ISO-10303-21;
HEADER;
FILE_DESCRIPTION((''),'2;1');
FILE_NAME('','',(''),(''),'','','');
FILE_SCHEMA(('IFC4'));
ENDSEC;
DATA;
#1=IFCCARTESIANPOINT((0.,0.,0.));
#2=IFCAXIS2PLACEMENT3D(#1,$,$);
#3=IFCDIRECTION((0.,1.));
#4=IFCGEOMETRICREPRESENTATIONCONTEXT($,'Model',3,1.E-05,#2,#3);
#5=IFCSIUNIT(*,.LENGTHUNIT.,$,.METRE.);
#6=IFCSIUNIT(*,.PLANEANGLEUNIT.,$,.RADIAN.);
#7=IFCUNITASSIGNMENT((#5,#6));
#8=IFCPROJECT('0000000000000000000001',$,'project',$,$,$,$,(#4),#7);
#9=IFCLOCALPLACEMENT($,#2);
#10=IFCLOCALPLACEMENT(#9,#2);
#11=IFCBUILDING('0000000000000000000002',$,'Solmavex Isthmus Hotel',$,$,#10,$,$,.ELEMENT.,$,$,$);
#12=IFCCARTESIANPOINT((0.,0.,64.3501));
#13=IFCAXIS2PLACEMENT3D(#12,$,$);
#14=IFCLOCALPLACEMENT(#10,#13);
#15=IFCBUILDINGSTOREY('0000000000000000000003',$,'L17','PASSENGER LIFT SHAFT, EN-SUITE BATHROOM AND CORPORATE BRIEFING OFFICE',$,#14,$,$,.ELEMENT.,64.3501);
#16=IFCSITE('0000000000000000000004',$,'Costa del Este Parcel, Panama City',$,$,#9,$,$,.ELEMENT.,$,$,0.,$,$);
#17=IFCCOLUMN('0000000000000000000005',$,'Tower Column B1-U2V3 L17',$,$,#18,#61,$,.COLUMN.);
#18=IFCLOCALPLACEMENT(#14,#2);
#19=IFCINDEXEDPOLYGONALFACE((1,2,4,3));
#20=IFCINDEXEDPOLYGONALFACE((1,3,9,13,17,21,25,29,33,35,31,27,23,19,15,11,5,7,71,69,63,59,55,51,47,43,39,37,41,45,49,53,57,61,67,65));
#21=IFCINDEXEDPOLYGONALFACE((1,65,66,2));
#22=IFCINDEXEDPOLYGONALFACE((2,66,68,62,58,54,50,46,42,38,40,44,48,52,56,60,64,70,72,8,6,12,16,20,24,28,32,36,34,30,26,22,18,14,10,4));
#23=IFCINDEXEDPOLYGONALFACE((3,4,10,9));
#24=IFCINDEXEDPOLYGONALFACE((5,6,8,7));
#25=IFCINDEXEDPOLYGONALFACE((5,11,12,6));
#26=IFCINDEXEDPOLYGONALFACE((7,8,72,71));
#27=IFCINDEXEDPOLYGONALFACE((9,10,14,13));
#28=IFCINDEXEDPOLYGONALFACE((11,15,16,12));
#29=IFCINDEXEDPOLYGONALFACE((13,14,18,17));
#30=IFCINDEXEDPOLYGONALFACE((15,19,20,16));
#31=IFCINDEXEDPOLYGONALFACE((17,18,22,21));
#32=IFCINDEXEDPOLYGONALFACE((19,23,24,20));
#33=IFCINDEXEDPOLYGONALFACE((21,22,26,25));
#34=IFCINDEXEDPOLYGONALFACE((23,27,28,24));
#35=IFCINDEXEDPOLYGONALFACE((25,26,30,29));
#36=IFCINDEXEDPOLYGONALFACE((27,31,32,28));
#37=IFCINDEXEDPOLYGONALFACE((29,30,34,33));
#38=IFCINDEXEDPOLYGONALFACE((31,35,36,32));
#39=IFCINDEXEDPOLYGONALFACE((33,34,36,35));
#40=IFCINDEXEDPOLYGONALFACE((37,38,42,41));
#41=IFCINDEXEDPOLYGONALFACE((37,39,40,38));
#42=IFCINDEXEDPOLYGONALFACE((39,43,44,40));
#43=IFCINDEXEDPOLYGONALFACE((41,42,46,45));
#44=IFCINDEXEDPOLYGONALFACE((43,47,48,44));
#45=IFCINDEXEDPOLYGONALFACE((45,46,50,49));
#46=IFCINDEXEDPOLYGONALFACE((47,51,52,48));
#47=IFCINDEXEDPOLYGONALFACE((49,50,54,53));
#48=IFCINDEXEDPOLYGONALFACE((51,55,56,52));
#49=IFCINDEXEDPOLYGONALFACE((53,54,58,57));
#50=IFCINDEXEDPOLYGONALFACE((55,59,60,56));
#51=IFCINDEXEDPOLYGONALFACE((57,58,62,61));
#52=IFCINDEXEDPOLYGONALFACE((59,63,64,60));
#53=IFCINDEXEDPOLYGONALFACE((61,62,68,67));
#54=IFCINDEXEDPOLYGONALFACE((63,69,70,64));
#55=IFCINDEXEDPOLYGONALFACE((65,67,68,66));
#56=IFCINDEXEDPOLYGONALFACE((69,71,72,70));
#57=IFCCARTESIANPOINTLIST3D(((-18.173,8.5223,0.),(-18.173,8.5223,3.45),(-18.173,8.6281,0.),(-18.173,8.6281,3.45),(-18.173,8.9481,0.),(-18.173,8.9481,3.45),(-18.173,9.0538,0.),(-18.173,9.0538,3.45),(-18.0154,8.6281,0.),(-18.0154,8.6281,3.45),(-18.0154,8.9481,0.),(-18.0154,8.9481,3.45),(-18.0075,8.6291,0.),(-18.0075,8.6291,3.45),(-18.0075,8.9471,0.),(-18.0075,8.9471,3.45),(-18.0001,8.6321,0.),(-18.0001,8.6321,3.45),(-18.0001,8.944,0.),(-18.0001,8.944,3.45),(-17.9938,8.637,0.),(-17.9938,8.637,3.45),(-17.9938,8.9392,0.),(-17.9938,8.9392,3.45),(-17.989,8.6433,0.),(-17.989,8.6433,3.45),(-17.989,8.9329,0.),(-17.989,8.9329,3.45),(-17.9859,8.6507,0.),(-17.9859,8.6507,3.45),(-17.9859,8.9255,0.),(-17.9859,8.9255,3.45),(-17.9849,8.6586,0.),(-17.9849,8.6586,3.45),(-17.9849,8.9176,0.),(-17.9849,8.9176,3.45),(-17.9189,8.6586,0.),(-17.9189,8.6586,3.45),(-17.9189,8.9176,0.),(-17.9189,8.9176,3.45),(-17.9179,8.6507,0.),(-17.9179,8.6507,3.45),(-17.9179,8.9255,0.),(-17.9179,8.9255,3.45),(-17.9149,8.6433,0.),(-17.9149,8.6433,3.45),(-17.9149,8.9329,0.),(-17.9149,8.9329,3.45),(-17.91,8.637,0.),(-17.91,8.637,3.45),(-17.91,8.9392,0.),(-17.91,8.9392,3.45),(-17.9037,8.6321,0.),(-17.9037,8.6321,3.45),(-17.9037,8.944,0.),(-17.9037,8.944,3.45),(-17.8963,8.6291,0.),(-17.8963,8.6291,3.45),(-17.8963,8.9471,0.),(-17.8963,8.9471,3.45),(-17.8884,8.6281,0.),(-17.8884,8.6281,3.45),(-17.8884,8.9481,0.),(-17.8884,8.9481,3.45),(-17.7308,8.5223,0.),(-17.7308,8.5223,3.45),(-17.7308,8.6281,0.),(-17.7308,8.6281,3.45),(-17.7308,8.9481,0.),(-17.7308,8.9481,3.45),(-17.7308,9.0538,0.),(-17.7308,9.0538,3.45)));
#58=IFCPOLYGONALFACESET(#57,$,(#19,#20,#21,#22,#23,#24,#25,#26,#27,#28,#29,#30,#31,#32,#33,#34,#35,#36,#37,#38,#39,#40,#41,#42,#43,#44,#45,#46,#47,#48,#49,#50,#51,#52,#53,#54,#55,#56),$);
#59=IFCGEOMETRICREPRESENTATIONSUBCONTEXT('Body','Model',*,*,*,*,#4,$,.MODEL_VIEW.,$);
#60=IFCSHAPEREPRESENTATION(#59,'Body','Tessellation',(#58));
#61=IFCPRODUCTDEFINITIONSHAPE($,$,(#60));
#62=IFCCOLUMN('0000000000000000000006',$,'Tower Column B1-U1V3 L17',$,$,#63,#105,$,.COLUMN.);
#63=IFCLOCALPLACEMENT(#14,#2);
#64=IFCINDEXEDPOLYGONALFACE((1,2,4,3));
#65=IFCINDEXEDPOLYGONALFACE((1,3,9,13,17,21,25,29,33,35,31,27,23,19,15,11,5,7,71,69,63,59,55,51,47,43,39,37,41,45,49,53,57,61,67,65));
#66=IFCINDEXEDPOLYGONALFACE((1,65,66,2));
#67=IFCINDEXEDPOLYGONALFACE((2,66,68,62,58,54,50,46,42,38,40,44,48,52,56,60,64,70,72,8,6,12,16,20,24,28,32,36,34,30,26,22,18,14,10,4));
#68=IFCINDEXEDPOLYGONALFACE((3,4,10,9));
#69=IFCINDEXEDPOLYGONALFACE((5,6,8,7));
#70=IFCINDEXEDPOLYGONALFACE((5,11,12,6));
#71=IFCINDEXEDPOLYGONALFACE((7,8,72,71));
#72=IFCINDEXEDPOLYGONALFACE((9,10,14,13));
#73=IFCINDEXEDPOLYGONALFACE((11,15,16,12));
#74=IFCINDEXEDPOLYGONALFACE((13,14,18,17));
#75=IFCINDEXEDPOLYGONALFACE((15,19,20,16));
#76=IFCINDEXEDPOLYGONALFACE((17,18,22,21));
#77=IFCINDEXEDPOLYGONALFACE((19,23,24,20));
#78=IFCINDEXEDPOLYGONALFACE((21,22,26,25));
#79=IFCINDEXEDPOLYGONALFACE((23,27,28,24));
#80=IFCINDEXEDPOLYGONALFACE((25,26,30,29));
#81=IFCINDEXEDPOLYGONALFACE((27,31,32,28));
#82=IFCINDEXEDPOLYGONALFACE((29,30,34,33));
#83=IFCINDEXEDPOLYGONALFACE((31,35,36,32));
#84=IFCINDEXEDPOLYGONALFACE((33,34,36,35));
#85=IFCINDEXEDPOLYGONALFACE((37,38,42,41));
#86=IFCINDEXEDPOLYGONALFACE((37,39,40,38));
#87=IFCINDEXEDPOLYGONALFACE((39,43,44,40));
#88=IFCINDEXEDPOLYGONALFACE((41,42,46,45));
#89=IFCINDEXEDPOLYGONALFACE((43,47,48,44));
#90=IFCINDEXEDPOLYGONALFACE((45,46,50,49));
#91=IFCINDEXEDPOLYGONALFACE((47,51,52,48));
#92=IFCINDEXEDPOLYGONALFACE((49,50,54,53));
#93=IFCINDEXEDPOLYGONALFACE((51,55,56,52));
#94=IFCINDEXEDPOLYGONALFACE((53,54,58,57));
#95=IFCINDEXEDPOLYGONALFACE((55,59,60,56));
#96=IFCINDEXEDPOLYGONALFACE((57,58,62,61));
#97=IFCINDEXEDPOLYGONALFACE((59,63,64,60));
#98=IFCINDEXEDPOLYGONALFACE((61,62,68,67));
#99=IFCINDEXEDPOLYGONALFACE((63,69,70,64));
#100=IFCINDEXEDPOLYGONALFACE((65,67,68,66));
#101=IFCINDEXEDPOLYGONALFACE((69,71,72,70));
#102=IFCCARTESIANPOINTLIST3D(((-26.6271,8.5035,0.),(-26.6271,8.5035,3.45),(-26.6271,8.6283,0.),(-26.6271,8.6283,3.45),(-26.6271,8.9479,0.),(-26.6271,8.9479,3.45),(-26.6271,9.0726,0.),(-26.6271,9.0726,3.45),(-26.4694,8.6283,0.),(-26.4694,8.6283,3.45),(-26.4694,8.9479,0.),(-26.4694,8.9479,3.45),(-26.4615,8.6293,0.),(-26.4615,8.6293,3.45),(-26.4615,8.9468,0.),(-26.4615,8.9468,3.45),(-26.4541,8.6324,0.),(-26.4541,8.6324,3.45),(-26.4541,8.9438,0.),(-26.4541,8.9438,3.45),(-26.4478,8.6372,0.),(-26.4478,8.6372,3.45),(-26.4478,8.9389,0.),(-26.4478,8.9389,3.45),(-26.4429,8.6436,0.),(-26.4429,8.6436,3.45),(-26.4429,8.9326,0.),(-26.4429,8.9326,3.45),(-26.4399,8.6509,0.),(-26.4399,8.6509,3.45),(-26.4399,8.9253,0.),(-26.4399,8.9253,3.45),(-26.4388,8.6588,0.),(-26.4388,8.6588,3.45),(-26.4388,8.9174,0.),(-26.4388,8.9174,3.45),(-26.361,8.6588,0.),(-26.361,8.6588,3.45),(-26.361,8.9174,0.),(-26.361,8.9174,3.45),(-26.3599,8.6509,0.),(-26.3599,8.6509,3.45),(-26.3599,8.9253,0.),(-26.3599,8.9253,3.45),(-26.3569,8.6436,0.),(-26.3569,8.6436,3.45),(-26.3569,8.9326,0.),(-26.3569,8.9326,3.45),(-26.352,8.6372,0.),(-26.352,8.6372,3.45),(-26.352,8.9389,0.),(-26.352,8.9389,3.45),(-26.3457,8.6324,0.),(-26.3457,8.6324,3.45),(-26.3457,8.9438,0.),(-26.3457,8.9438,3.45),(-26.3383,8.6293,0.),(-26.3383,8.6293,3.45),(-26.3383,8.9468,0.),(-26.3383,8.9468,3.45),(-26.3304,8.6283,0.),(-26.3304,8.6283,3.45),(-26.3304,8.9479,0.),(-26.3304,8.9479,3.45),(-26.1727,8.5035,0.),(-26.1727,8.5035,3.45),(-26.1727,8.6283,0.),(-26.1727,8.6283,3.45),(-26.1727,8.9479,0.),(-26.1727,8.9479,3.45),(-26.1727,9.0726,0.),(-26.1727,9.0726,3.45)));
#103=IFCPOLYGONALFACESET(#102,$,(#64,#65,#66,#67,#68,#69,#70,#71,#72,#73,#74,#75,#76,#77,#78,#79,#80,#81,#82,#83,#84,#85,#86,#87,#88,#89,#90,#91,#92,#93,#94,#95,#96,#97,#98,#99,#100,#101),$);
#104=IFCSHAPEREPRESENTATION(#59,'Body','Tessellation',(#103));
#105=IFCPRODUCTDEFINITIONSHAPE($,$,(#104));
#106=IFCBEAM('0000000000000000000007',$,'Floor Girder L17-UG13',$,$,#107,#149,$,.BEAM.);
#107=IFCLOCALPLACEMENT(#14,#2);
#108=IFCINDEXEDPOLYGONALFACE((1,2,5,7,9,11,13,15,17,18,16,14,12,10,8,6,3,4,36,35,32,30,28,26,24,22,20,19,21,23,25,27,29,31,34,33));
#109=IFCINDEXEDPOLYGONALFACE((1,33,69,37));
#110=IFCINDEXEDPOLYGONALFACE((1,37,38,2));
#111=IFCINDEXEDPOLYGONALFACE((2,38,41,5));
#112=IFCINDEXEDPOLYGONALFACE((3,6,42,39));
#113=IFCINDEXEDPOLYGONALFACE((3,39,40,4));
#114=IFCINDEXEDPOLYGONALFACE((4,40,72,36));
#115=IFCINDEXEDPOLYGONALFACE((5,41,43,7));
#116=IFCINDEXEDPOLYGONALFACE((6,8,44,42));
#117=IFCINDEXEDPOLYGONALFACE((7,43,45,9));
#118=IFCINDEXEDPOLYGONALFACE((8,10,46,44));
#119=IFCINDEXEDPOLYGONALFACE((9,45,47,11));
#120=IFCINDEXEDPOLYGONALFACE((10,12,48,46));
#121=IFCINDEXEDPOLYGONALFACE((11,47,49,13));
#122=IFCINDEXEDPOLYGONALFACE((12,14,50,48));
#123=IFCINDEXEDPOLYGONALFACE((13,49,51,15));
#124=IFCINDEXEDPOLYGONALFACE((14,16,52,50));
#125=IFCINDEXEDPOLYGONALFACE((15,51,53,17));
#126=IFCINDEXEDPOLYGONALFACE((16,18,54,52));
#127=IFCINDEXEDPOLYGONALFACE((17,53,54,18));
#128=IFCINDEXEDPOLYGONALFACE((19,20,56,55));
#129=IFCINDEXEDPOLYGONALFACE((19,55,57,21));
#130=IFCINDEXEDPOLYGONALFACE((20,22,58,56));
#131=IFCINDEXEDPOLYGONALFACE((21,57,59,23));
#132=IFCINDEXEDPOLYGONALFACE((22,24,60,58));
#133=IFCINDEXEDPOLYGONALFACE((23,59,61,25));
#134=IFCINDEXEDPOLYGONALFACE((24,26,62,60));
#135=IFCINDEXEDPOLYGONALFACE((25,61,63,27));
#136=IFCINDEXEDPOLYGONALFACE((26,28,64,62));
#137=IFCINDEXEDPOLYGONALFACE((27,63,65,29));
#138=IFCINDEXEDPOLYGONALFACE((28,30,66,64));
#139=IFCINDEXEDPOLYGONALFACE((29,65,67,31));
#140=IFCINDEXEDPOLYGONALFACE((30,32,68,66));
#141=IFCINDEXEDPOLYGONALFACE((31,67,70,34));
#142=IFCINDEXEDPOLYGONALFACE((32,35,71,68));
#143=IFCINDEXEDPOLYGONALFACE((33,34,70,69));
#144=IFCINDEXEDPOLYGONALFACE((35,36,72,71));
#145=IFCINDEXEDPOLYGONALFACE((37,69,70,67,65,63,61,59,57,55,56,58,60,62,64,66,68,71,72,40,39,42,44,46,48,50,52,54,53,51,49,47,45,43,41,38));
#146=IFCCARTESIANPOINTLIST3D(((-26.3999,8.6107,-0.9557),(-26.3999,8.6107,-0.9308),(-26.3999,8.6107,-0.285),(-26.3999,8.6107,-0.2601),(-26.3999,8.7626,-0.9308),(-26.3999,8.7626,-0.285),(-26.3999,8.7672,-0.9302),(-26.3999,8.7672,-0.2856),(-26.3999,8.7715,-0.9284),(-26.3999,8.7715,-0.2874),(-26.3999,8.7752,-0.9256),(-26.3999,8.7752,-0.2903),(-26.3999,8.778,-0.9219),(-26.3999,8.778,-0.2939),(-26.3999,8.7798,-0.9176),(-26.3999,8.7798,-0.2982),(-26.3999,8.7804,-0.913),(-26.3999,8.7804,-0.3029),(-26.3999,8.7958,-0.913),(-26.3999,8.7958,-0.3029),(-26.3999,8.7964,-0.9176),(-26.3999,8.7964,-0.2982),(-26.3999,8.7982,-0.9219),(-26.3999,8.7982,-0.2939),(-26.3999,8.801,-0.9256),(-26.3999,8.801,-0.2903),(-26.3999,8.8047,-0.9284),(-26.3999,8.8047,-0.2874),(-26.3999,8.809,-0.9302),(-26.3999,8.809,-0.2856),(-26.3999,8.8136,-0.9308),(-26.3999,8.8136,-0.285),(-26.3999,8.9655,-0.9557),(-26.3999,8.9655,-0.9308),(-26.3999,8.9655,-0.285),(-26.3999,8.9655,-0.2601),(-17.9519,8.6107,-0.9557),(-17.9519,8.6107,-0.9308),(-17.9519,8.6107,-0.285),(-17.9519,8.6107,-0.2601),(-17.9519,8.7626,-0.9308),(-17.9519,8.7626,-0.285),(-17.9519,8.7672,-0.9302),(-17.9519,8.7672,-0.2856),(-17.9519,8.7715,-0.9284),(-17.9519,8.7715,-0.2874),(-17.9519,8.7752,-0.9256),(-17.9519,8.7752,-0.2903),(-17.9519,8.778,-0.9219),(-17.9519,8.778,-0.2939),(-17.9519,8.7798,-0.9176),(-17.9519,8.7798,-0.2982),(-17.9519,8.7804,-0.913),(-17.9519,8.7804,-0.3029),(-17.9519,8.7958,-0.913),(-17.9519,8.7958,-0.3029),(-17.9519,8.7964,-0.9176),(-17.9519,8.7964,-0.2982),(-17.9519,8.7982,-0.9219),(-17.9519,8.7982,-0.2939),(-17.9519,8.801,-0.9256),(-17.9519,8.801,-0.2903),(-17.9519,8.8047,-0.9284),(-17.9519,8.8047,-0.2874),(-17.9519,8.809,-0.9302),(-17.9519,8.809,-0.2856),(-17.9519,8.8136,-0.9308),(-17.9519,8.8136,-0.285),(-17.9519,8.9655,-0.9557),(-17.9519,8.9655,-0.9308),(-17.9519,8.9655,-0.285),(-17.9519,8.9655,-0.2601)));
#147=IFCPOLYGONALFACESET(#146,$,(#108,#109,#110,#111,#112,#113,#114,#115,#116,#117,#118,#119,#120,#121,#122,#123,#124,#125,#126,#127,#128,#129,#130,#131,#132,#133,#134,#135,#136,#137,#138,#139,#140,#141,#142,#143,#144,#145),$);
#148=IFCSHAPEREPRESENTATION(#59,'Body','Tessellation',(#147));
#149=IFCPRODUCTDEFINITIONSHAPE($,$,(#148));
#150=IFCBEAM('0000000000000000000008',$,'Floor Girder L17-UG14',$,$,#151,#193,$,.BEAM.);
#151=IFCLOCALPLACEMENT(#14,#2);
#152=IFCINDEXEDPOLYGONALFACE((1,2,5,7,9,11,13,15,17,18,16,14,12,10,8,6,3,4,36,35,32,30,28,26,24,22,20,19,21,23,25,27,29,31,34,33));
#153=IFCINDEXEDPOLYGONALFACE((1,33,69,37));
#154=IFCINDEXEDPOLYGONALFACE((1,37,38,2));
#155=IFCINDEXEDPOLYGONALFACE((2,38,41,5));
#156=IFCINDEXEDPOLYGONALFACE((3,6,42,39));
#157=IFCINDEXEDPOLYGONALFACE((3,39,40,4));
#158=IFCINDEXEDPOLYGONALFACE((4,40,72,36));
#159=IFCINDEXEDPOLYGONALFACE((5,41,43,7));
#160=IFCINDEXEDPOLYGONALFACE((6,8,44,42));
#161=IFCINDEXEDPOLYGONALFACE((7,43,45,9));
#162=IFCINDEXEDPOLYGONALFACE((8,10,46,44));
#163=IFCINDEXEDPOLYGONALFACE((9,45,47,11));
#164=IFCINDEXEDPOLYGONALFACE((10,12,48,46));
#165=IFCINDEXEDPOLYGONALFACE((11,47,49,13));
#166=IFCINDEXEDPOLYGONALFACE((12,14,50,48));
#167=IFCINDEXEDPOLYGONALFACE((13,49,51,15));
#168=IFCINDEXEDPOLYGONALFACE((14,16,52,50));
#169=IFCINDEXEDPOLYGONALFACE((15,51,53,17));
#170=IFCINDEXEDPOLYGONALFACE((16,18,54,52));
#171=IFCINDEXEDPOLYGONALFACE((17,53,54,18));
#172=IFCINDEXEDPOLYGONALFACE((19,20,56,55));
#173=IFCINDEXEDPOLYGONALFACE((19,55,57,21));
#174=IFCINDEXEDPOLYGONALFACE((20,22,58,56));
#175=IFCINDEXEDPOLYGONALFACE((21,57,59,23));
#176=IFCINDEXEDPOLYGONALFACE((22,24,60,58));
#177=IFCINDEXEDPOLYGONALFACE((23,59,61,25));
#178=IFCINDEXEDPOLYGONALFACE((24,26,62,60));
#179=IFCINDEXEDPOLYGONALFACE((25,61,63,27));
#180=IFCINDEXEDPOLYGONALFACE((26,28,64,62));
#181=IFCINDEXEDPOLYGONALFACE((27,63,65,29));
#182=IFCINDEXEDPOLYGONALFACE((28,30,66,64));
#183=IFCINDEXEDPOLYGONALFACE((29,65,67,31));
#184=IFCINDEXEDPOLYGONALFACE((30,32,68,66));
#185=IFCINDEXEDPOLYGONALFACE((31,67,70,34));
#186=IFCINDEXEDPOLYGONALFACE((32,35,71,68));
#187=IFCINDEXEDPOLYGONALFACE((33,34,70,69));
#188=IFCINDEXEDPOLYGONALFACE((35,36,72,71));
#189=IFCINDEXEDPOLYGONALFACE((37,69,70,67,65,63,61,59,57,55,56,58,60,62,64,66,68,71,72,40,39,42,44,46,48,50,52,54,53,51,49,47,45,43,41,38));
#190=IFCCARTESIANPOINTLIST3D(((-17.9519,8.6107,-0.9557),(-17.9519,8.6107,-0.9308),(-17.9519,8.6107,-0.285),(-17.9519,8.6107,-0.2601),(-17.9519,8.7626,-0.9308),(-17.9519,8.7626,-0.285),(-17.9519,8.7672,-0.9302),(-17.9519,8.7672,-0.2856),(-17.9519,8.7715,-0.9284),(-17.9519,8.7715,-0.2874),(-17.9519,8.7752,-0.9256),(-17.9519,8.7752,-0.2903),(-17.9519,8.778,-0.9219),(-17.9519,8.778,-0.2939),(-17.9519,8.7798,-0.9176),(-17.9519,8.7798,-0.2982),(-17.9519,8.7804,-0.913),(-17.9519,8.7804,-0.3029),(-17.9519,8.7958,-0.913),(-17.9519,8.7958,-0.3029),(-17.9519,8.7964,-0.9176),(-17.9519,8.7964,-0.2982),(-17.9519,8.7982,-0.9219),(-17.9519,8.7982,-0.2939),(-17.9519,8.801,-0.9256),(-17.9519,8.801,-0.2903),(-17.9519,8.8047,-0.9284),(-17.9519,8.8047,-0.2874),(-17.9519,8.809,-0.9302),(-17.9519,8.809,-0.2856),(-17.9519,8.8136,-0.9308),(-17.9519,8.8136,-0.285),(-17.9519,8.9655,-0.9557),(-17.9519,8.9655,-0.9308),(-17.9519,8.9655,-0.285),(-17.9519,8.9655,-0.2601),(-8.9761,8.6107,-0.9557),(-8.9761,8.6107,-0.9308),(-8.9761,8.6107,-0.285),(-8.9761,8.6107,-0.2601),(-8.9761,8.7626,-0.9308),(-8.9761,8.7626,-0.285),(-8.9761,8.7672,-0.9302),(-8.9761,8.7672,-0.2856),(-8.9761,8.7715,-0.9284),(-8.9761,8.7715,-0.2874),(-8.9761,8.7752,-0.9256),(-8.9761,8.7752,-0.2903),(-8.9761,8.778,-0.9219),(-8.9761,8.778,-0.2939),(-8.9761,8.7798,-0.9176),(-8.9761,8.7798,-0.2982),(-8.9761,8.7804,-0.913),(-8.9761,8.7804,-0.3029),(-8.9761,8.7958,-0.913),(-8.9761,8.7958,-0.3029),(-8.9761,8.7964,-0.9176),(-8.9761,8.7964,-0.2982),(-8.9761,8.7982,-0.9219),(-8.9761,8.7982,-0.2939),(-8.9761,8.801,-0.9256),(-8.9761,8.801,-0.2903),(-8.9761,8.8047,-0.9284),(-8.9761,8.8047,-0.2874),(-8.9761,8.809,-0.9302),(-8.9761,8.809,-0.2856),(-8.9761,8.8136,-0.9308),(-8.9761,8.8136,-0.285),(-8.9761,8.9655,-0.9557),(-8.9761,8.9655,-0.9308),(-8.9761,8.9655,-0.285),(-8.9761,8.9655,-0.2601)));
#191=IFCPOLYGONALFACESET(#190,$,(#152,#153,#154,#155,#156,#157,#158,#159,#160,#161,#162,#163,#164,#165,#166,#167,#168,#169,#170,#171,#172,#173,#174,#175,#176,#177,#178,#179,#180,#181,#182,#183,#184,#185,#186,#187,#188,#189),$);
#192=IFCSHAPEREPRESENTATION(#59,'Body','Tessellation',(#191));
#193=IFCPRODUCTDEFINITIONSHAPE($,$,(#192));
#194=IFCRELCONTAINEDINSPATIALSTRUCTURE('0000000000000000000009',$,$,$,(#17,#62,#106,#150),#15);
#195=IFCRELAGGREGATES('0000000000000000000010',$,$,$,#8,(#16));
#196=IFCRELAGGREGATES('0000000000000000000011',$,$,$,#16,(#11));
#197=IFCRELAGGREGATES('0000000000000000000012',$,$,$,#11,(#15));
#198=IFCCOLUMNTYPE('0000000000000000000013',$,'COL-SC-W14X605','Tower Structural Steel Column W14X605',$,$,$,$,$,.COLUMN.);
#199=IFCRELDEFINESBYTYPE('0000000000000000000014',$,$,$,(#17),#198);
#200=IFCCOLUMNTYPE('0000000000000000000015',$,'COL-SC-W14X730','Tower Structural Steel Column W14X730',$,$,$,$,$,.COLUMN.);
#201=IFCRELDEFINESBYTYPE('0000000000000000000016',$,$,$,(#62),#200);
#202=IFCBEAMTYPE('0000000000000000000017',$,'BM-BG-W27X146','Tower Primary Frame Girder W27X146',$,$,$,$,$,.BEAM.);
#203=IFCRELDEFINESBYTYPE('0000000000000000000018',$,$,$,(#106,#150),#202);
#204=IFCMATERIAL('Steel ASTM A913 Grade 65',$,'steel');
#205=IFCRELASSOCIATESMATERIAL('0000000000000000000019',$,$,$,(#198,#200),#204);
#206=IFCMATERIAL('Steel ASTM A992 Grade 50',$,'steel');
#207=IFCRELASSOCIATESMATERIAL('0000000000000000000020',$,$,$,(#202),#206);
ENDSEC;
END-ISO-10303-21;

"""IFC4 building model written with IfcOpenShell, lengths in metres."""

from ifc_helpers import new_model, si_unit, direction, frame, origin, origin_2d, place, context, subcontext, project, spatial, i_section, extrude, material, material_profile, profile_set, type_object, element, save


model = new_model("IFC4")

# Units and contexts
model_context = context("Model", 3, precision=1e-05, world=origin(), true_north=direction((0.0, 1.0)))
body_context = subcontext(model_context, "Body", "Model", "MODEL_VIEW")
ifc_project = project(units=[si_unit("LENGTHUNIT", "METRE"), si_unit("PLANEANGLEUNIT", "RADIAN")], contexts=[model_context])

# Site, building, storey
site_placement = place(None, origin())
site = spatial("IfcSite", under=ifc_project, at=site_placement, Name="Costa del Este Parcel, Panama City", CompositionType="ELEMENT", RefElevation=0.0)
building_placement = place(site_placement, origin())
building = spatial("IfcBuilding", under=site, at=building_placement, Name="Solmavex Isthmus Hotel", CompositionType="ELEMENT")
storey_placement = place(building_placement, frame((0.0, 0.0, 64.3501)))
storey = spatial("IfcBuildingStorey", under=building, at=storey_placement, Name="L17", Description="PASSENGER LIFT SHAFT, EN-SUITE BATHROOM AND CORPORATE BRIEFING OFFICE", CompositionType="ELEMENT", Elevation=64.3501)

# Columns
ifc_material_1 = material(Name="Steel ASTM A913 Grade 65", Category="steel")
ifc_material_profile_1 = material_profile(ifc_material_1, i_section(OverallWidth=0.4421, OverallDepth=0.5315, WebThickness=0.0659, FlangeThickness=0.1057, FilletRadius=0.0305, at=origin_2d()), Name="W14X605")
ifc_profile_set_1 = profile_set([ifc_material_profile_1], Name="Steel ASTM A913 Grade 65")
column_type_1 = type_object("IfcColumnType", Name="COL-SC-W14X605", Description="Tower Structural Steel Column W14X605", PredefinedType="COLUMN", material=ifc_profile_set_1)
column_1_placement = place(storey_placement, frame((-17.9519, 8.7881, 0.0), z_axis=(0.0, 0.0, 1.0), x_axis=(1.0, 0.0, 0.0)))
element("IfcColumn", 1, at=column_1_placement, inside=storey, type_object=column_type_1, Name="Tower Column B1-U2V3 L17", PredefinedType="COLUMN", context=body_context, shape_type="SweptSolid", body=[
    extrude(i_section(OverallWidth=0.4421, OverallDepth=0.5315, WebThickness=0.0659, FlangeThickness=0.1057, FilletRadius=0.0305, at=origin_2d()), origin(), (0.0, 0.0, 1.0), 3.45),
])
ifc_material_profile_2 = material_profile(ifc_material_1, i_section(OverallWidth=0.4543, OverallDepth=0.5691, WebThickness=0.0779, FlangeThickness=0.1248, FilletRadius=0.0305, at=origin_2d()), Name="W14X730")
ifc_profile_set_2 = profile_set([ifc_material_profile_2], Name="Steel ASTM A913 Grade 65")
column_type_2 = type_object("IfcColumnType", Name="COL-SC-W14X730", Description="Tower Structural Steel Column W14X730", PredefinedType="COLUMN", material=ifc_profile_set_2)
column_2_placement = place(storey_placement, frame((-26.3999, 8.7881, 0.0), z_axis=(0.0, 0.0, 1.0), x_axis=(1.0, 0.0, 0.0)))
element("IfcColumn", 2, at=column_2_placement, inside=storey, type_object=column_type_2, Name="Tower Column B1-U1V3 L17", PredefinedType="COLUMN", context=body_context, shape_type="SweptSolid", body=[
    extrude(i_section(OverallWidth=0.4543, OverallDepth=0.5691, WebThickness=0.0779, FlangeThickness=0.1248, FilletRadius=0.0305, at=origin_2d()), origin(), (0.0, 0.0, 1.0), 3.45),
])

# Beams
ifc_material_2 = material(Name="Steel ASTM A992 Grade 50", Category="steel")
ifc_material_profile_3 = material_profile(ifc_material_2, i_section(OverallWidth=0.3547, OverallDepth=0.6956, WebThickness=0.0154, FlangeThickness=0.0249, FilletRadius=0.0178, at=origin_2d()), Name="W27X146")
ifc_profile_set_3 = profile_set([ifc_material_profile_3], Name="Steel ASTM A992 Grade 50")
beam_type_1 = type_object("IfcBeamType", Name="BM-BG-W27X146", Description="Tower Primary Frame Girder W27X146", PredefinedType="BEAM", material=ifc_profile_set_3)
beam_1_placement = place(storey_placement, frame((-26.3999, 8.7881, -0.6079), z_axis=(1.0, 0.0, 0.0), x_axis=(0.0, 1.0, 0.0)))
element("IfcBeam", 3, at=beam_1_placement, inside=storey, type_object=beam_type_1, Name="Floor Girder L17-UG13", PredefinedType="BEAM", context=body_context, shape_type="SweptSolid", body=[
    extrude(i_section(OverallWidth=0.3547, OverallDepth=0.6956, WebThickness=0.0154, FlangeThickness=0.0249, FilletRadius=0.0178, at=origin_2d()), origin(), (0.0, 0.0, 1.0), 8.448),
])
beam_2_placement = place(storey_placement, frame((-17.9519, 8.7881, -0.6079), z_axis=(1.0, 0.0, 0.0), x_axis=(0.0, 1.0, 0.0)))
element("IfcBeam", 4, at=beam_2_placement, inside=storey, type_object=beam_type_1, Name="Floor Girder L17-UG14", PredefinedType="BEAM", context=body_context, shape_type="SweptSolid", body=[
    extrude(i_section(OverallWidth=0.3547, OverallDepth=0.6956, WebThickness=0.0154, FlangeThickness=0.0249, FilletRadius=0.0178, at=origin_2d()), origin(), (0.0, 0.0, 1.0), 8.9758),
])

save(model, "model.ifc")
